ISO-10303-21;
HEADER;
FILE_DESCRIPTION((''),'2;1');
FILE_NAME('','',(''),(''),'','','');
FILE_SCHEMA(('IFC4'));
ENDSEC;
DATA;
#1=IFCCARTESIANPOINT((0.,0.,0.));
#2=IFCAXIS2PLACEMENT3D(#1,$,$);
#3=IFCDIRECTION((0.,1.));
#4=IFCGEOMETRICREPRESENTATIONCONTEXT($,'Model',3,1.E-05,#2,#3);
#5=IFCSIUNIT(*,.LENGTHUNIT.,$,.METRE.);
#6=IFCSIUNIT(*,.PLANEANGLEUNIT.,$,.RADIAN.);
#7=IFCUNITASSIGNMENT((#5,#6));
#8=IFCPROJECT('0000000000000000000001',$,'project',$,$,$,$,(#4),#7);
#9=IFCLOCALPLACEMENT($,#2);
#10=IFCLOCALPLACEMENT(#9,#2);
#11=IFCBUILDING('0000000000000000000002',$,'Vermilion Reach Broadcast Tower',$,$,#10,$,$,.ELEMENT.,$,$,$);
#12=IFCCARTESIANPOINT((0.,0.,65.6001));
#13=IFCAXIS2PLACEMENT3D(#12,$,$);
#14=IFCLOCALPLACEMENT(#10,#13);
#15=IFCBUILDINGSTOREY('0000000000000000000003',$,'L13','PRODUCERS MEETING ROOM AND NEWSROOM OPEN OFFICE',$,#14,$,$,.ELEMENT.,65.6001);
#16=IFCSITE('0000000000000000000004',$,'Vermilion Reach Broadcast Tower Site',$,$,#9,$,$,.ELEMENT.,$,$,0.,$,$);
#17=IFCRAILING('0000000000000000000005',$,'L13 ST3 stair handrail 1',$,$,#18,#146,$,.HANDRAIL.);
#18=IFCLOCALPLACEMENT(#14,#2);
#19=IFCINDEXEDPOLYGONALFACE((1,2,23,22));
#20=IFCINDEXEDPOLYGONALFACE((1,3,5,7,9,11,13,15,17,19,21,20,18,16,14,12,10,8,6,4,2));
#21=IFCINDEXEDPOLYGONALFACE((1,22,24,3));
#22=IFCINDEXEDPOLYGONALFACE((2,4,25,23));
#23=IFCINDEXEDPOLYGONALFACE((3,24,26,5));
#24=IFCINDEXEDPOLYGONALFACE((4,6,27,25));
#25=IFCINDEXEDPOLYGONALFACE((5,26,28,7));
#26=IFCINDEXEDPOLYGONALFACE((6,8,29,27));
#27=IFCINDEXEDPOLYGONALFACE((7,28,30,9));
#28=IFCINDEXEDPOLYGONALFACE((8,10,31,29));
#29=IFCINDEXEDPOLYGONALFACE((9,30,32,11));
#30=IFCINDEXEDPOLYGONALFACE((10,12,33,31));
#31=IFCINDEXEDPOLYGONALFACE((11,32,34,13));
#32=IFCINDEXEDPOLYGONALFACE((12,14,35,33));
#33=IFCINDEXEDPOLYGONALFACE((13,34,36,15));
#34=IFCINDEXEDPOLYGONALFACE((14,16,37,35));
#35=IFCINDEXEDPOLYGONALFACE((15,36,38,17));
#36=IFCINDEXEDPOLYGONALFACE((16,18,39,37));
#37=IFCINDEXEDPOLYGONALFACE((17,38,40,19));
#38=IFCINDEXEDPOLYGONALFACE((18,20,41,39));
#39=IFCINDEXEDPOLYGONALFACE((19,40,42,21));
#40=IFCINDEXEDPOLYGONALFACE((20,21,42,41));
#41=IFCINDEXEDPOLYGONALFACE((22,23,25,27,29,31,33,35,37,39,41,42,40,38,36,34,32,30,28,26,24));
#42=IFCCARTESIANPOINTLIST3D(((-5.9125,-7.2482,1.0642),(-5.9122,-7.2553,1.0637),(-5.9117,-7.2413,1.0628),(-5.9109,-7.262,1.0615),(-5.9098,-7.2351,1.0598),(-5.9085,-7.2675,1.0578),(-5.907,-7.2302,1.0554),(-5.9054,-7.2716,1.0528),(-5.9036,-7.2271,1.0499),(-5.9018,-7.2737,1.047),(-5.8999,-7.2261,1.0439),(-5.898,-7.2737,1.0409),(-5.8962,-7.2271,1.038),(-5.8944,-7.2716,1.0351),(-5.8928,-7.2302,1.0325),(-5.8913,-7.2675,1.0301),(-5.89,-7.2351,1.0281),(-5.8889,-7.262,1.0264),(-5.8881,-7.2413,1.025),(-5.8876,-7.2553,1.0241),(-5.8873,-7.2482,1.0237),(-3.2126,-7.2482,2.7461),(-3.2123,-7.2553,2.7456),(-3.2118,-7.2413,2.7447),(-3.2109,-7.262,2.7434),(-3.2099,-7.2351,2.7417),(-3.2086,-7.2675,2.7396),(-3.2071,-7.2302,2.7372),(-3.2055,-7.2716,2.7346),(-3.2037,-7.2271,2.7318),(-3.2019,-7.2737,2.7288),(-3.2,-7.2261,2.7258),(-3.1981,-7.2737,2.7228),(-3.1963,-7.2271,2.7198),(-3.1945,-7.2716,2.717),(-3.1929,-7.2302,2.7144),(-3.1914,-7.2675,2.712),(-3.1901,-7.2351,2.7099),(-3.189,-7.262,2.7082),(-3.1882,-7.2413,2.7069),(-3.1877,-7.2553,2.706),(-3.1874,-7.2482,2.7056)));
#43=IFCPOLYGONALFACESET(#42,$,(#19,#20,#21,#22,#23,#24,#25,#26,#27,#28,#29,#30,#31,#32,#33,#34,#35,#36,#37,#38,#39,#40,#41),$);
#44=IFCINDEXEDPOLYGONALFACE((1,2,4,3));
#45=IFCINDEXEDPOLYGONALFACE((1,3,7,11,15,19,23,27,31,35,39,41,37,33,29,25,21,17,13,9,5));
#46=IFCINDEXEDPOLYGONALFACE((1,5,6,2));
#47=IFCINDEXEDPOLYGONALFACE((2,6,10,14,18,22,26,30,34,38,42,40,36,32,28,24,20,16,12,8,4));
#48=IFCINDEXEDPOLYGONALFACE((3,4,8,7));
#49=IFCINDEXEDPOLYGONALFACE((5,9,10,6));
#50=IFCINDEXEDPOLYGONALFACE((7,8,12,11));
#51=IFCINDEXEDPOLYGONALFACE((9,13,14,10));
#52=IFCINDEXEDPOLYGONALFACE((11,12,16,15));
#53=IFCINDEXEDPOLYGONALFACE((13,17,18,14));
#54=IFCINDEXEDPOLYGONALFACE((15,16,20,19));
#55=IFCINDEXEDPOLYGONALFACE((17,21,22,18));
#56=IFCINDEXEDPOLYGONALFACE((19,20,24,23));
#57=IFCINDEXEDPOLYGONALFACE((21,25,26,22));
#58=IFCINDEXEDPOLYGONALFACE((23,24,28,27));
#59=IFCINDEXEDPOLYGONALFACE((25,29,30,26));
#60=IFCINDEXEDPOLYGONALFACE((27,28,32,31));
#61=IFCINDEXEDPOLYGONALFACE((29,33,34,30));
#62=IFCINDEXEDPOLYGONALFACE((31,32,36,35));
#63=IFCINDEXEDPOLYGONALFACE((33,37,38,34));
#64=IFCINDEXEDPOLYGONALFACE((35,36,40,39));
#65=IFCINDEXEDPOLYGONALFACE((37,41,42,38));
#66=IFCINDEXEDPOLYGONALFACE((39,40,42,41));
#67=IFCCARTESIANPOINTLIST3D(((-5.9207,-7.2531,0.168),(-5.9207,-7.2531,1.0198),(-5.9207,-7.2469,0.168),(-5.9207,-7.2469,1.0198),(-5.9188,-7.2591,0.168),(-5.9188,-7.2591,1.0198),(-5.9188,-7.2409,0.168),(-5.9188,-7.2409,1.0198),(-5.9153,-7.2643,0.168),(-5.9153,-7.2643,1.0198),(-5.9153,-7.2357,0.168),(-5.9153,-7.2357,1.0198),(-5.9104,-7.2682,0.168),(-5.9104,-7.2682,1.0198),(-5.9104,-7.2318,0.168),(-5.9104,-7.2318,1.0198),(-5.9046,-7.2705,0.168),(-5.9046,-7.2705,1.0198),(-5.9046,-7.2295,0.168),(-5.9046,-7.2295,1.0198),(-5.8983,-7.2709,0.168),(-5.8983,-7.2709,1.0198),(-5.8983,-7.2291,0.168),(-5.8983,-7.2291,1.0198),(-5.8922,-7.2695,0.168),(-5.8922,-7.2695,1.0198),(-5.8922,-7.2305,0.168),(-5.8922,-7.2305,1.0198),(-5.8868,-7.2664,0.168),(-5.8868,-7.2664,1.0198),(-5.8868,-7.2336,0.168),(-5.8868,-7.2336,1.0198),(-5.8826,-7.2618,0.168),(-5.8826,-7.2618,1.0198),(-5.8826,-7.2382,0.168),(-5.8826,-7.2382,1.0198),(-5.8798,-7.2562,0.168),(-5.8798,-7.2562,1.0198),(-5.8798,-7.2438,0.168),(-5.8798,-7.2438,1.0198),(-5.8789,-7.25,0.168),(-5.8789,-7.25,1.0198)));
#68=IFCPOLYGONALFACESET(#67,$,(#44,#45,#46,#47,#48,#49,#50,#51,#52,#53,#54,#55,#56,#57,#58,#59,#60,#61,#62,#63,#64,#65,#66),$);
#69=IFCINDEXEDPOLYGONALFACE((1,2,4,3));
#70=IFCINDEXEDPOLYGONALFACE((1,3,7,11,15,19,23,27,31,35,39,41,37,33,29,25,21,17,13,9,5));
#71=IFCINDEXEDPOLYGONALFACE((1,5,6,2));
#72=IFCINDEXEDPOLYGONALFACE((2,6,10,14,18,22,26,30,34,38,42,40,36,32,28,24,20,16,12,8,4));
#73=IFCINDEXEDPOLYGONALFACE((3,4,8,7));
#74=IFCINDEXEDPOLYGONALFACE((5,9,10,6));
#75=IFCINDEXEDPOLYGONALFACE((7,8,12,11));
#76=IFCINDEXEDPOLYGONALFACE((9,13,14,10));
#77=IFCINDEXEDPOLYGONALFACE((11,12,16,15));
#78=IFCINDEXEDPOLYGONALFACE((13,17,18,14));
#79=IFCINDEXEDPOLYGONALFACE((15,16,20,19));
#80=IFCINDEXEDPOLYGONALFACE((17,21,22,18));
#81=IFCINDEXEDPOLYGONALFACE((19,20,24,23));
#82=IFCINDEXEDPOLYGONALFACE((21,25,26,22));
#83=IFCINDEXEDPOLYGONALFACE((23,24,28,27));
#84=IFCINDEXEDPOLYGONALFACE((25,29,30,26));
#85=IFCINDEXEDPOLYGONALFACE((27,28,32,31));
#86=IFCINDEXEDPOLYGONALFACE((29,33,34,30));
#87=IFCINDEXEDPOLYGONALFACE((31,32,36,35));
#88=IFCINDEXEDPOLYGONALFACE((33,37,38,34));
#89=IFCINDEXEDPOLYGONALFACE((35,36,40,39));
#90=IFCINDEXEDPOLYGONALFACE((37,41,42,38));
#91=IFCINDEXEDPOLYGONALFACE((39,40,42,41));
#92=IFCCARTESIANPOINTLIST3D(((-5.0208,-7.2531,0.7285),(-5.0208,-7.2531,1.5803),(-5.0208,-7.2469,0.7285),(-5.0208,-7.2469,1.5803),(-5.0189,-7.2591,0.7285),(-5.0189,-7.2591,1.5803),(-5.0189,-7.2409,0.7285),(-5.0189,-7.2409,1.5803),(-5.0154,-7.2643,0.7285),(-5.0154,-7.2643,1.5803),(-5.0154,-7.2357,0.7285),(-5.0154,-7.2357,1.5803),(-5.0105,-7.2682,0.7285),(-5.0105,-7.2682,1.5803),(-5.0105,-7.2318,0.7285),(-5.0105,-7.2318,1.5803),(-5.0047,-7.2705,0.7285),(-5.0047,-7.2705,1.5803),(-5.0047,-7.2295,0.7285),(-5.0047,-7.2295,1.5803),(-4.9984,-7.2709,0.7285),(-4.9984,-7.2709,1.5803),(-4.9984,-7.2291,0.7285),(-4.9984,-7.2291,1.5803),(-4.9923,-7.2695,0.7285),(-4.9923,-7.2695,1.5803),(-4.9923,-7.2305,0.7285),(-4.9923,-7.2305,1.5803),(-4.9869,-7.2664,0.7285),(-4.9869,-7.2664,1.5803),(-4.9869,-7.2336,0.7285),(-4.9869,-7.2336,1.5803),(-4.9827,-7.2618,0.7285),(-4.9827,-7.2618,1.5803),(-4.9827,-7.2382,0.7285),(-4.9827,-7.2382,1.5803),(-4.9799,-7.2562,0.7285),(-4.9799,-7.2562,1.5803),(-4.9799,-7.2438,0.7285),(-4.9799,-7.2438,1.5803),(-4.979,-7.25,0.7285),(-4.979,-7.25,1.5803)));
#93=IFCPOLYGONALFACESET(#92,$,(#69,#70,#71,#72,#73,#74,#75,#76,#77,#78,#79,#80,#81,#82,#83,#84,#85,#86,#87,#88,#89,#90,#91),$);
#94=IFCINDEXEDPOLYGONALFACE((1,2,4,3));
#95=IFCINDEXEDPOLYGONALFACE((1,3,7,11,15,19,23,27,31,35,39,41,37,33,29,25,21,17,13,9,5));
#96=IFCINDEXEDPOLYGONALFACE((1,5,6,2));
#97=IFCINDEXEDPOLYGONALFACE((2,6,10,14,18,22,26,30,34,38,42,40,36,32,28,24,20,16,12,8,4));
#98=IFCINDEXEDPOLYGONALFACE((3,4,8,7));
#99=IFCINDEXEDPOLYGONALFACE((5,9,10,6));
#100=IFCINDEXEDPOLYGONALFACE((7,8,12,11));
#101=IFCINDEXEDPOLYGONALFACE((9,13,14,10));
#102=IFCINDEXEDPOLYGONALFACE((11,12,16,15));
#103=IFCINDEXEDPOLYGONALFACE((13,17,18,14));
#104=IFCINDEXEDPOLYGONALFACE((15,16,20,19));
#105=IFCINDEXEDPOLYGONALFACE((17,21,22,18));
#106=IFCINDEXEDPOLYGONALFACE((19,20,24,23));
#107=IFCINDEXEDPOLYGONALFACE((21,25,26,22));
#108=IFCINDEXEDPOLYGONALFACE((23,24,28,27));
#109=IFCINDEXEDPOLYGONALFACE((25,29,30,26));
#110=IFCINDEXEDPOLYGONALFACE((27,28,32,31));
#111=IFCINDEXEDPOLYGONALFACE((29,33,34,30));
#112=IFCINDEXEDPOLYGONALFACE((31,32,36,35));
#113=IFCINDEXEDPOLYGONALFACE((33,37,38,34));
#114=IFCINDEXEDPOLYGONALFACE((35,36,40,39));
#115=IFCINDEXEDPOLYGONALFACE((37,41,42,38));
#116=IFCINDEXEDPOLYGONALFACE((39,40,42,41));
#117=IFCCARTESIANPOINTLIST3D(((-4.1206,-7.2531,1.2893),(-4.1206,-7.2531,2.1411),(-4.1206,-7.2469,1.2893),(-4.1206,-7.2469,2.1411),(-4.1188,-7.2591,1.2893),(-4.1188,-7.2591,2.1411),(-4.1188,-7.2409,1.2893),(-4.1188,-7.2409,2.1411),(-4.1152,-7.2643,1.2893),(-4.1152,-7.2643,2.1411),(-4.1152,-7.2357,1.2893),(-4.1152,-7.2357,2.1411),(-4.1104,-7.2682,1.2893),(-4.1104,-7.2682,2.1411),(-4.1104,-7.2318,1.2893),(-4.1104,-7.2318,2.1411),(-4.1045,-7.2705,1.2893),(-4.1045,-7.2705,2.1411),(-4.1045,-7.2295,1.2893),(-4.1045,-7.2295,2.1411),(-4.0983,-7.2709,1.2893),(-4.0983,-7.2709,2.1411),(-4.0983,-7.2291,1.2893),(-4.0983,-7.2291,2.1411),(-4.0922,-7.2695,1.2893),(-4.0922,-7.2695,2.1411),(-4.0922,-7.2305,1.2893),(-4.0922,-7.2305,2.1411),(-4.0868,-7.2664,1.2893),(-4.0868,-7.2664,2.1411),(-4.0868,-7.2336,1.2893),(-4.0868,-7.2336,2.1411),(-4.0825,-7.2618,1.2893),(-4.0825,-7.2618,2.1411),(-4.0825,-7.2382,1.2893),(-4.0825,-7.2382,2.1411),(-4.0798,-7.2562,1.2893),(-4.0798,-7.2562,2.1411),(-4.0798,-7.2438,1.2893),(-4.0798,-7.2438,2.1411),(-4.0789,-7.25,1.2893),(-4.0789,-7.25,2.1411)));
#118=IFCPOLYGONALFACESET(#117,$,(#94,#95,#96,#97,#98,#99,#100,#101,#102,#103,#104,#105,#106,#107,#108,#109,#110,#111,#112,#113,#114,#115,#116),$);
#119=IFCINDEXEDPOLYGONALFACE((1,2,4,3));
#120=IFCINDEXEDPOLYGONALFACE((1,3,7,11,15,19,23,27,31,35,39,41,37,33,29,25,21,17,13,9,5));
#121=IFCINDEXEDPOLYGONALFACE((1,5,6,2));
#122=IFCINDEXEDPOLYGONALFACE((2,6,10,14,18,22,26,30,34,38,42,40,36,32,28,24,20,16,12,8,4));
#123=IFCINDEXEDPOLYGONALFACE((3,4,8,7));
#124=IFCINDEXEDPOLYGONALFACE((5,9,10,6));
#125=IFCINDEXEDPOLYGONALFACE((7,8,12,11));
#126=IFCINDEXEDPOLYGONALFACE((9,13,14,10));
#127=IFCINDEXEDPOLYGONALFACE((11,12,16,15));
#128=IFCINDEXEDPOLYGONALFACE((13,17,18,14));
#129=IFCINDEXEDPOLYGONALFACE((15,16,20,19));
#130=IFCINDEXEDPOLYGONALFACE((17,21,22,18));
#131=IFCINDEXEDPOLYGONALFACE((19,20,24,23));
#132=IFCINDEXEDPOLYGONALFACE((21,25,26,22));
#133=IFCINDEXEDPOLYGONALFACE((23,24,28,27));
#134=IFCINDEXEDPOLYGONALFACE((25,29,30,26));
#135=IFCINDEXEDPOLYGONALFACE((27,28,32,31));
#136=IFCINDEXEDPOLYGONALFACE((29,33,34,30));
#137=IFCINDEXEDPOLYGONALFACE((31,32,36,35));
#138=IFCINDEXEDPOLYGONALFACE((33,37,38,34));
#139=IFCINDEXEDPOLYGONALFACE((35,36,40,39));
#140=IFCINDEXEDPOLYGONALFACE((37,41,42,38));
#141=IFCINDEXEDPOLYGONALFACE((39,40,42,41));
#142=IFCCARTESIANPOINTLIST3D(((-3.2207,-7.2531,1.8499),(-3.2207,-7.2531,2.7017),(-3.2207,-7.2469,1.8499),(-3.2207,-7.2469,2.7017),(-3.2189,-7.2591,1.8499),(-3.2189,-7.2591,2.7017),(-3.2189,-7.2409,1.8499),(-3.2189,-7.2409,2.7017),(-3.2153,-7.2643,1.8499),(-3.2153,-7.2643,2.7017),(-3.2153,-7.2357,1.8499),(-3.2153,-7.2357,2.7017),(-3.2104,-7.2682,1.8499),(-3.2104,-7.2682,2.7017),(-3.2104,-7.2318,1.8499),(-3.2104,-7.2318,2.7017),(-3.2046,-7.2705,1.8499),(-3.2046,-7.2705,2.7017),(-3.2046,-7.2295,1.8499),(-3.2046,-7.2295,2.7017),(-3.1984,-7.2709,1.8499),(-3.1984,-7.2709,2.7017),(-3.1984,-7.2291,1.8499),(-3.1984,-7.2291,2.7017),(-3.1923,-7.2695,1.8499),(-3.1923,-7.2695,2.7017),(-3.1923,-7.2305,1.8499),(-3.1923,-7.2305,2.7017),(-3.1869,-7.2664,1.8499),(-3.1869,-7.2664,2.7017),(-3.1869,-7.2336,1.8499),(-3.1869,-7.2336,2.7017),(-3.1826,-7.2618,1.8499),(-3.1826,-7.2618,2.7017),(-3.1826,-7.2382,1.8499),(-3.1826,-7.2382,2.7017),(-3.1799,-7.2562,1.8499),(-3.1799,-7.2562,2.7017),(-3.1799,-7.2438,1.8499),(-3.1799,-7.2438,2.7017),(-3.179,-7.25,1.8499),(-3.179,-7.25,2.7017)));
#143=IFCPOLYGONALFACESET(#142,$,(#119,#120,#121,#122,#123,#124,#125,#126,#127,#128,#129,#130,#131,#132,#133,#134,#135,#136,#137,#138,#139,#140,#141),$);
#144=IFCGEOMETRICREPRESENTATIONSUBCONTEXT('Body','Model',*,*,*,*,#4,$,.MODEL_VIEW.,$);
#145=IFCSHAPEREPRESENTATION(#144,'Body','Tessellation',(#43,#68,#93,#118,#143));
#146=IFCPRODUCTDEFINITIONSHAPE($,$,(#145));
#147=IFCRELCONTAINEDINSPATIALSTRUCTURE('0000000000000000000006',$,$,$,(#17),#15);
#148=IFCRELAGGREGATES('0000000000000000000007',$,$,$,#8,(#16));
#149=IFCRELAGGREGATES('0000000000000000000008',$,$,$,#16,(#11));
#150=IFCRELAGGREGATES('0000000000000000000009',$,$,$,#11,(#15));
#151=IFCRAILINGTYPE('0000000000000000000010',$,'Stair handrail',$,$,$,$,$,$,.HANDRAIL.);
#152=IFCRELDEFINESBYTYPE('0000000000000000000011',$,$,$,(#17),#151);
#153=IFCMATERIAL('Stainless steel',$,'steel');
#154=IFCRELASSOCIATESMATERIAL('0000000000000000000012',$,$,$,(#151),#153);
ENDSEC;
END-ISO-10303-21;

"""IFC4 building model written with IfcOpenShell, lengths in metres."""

from ifc_helpers import new_model, si_unit, direction, frame, origin, origin_2d, place, context, subcontext, project, spatial, circle, extrude, material, type_object, element, save


model = new_model("IFC4")

# Units and contexts
model_context = context("Model", 3, precision=1e-05, world=origin(), true_north=direction((0.0, 1.0)))
body_context = subcontext(model_context, "Body", "Model", "MODEL_VIEW")
ifc_project = project(units=[si_unit("LENGTHUNIT", "METRE"), si_unit("PLANEANGLEUNIT", "RADIAN")], contexts=[model_context])

# Site, building, storey
site_placement = place(None, origin())
site = spatial("IfcSite", under=ifc_project, at=site_placement, Name="Vermilion Reach Broadcast Tower Site", CompositionType="ELEMENT", RefElevation=0.0)
building_placement = place(site_placement, origin())
building = spatial("IfcBuilding", under=site, at=building_placement, Name="Vermilion Reach Broadcast Tower", CompositionType="ELEMENT")
storey_placement = place(building_placement, frame((0.0, 0.0, 65.6001)))
storey = spatial("IfcBuildingStorey", under=building, at=storey_placement, Name="L13", Description="PRODUCERS MEETING ROOM AND NEWSROOM OPEN OFFICE", CompositionType="ELEMENT", Elevation=65.6001)

# Railing
ifc_material_1 = material(Name="Stainless steel", Category="steel")
railing_type_1 = type_object("IfcRailingType", Name="Stair handrail", PredefinedType="HANDRAIL", material=ifc_material_1)
railing_1_placement = place(storey_placement, frame((-5.8999, -7.25, 0.168)))
element("IfcRailing", 1, at=railing_1_placement, inside=storey, type_object=railing_type_1, Name="L13 ST3 stair handrail 1", PredefinedType="HANDRAIL", context=body_context, shape_type="SweptSolid", body=[
    extrude(circle(Radius=0.0239, at=origin_2d()), frame((0.0, 0.0, 0.876), z_axis=(0.848786, 0.0, 0.528736), x_axis=(0.0, 1.0, 0.0)), (0.0, 0.0, 1.0), 3.1809),
    extrude(circle(Radius=0.021, at=origin_2d()), origin(), (0.0, 0.0, 1.0), 0.8518),
    extrude(circle(Radius=0.021, at=origin_2d()), frame((0.8999, 0.0, 0.5605)), (0.0, 0.0, 1.0), 0.8518),
    extrude(circle(Radius=0.021, at=origin_2d()), frame((1.8, 0.0, 1.1213)), (0.0, 0.0, 1.0), 0.8518),
    extrude(circle(Radius=0.021, at=origin_2d()), frame((2.7, 0.0, 1.6819)), (0.0, 0.0, 1.0), 0.8518),
])

save(model, "model.ifc")
